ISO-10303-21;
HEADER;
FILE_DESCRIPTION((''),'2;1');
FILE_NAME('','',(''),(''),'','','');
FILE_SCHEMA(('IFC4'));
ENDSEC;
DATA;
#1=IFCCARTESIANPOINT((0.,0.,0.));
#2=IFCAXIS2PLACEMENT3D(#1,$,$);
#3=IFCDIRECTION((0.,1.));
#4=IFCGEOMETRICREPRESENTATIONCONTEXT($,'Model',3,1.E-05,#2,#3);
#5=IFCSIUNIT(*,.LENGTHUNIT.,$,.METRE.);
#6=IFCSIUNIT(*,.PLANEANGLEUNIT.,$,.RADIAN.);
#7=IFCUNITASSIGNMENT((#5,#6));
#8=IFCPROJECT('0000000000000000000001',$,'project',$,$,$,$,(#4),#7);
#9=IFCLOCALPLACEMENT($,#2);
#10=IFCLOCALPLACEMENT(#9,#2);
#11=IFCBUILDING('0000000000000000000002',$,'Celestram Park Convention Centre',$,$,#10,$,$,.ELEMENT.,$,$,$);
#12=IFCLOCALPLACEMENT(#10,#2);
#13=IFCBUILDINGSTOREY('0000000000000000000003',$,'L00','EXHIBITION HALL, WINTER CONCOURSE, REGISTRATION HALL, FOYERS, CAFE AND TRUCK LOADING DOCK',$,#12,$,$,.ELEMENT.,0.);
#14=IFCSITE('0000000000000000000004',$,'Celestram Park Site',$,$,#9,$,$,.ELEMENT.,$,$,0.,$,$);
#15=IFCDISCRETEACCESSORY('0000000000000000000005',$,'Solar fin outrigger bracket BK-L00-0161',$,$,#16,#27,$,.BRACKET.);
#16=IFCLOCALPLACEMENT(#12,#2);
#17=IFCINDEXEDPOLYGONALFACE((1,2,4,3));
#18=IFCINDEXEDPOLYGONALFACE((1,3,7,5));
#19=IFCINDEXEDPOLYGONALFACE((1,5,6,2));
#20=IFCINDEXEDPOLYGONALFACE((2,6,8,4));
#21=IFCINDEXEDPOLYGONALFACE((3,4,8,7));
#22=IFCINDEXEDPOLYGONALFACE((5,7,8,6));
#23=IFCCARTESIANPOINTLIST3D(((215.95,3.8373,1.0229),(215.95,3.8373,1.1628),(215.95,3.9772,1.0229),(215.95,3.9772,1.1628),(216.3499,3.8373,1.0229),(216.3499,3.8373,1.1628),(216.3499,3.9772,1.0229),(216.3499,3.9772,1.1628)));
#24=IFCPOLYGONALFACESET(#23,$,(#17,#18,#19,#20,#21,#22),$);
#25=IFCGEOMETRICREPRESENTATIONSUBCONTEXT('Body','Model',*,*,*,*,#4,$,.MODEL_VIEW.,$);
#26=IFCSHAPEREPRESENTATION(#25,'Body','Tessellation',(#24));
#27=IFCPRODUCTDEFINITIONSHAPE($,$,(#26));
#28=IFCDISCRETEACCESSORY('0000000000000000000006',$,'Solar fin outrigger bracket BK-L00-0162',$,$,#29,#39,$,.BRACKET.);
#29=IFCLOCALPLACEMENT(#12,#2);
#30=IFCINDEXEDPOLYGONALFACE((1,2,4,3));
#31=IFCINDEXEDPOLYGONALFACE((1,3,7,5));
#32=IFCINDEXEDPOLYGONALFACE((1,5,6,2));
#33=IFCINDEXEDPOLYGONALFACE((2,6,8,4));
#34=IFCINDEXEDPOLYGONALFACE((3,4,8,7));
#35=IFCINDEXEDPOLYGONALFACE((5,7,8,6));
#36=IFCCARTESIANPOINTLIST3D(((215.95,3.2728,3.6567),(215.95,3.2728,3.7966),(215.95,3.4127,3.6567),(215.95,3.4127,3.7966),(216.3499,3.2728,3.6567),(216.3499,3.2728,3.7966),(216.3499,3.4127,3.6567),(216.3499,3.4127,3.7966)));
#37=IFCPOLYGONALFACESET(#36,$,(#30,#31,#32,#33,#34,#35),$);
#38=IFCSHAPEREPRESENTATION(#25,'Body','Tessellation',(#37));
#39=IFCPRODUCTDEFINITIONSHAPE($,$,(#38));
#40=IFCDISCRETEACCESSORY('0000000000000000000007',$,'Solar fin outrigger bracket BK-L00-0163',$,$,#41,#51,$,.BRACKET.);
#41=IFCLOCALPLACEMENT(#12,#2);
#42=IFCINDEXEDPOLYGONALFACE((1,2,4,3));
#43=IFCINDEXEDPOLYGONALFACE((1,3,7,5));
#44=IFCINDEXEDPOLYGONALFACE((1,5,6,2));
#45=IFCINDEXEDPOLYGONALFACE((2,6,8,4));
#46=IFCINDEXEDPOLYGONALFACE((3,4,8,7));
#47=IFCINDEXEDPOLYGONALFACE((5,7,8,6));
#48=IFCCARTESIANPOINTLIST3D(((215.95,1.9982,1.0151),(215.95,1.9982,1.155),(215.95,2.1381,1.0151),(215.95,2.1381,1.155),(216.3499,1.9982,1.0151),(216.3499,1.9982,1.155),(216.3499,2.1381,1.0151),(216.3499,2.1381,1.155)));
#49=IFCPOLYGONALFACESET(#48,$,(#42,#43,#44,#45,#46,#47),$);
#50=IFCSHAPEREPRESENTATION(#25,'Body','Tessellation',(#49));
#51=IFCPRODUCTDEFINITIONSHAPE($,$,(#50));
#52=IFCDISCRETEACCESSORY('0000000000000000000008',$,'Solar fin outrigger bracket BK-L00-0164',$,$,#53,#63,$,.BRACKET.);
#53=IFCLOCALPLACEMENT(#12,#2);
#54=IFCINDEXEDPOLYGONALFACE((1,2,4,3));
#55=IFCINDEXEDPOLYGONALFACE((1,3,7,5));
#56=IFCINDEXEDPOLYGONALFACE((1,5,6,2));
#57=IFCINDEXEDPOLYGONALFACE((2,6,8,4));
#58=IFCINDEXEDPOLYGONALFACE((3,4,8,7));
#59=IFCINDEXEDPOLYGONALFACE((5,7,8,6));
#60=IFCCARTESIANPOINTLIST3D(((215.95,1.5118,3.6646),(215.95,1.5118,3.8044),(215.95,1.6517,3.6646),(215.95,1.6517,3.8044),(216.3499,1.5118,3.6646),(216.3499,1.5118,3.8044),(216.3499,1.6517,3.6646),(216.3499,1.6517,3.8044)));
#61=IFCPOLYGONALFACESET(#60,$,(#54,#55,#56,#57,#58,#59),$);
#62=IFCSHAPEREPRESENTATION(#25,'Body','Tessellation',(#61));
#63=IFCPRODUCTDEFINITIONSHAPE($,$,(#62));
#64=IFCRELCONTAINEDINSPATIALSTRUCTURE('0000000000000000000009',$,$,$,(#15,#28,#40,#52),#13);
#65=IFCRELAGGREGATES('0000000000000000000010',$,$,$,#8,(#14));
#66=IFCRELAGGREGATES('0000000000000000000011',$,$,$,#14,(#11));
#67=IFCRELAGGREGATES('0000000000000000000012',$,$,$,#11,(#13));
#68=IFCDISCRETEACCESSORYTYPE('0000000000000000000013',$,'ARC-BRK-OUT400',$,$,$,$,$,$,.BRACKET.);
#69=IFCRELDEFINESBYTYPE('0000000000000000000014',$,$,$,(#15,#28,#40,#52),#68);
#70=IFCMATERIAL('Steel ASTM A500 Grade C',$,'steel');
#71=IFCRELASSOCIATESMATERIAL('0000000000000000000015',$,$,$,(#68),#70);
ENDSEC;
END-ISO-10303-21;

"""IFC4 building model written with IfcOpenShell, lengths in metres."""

from ifc_helpers import new_model, si_unit, direction, frame, origin, origin_2d, place, context, subcontext, project, spatial, rectangle, extrude, material, type_object, element, save


model = new_model("IFC4")

# Units and contexts
model_context = context("Model", 3, precision=1e-05, world=origin(), true_north=direction((0.0, 1.0)))
body_context = subcontext(model_context, "Body", "Model", "MODEL_VIEW")
ifc_project = project(units=[si_unit("LENGTHUNIT", "METRE"), si_unit("PLANEANGLEUNIT", "RADIAN")], contexts=[model_context])

# Site, building, storey
site_placement = place(None, origin())
site = spatial("IfcSite", under=ifc_project, at=site_placement, Name="Celestram Park Site", CompositionType="ELEMENT", RefElevation=0.0)
building_placement = place(site_placement, origin())
building = spatial("IfcBuilding", under=site, at=building_placement, Name="Celestram Park Convention Centre", CompositionType="ELEMENT")
storey_placement = place(building_placement, origin())
storey = spatial("IfcBuildingStorey", under=building, at=storey_placement, Name="L00", Description="EXHIBITION HALL, WINTER CONCOURSE, REGISTRATION HALL, FOYERS, CAFE AND TRUCK LOADING DOCK", CompositionType="ELEMENT", Elevation=0.0)

# Shared definitions
ifc_material_1 = material(Name="Steel ASTM A500 Grade C", Category="steel")

# Discrete accessories
discrete_accessory_type = type_object("IfcDiscreteAccessoryType", Name="ARC-BRK-OUT400", PredefinedType="BRACKET", material=ifc_material_1)
for number, where, z_axis, x_axis, name in (
    (1, (216.1499, 3.9072, 1.0229), (0.0, 0.0, 1.0), (1.0, 0.0, 0.0), "Solar fin outrigger bracket BK-L00-0161"),
    (2, (216.1499, 3.3428, 3.6567), (0.0, 0.0, 1.0), (1.0, 0.0, 0.0), "Solar fin outrigger bracket BK-L00-0162"),
    (3, (216.1499, 2.0681, 1.0151), (0.0, 0.0, 1.0), (1.0, 0.0, 0.0), "Solar fin outrigger bracket BK-L00-0163"),
    (4, (216.1499, 1.5818, 3.6646), (0.0, 0.0, 1.0), (1.0, 0.0, 0.0), "Solar fin outrigger bracket BK-L00-0164"),
):
    element("IfcDiscreteAccessory", number, at=place(storey_placement, frame(where, z_axis=z_axis, x_axis=x_axis)), inside=storey, type_object=discrete_accessory_type, Name=name, PredefinedType="BRACKET", context=body_context, shape_type="SweptSolid", body=[
        extrude(rectangle(XDim=0.3999, YDim=0.1399, at=origin_2d()), origin(), (0.0, 0.0, 1.0), 0.1399),
    ])

save(model, "model.ifc")
